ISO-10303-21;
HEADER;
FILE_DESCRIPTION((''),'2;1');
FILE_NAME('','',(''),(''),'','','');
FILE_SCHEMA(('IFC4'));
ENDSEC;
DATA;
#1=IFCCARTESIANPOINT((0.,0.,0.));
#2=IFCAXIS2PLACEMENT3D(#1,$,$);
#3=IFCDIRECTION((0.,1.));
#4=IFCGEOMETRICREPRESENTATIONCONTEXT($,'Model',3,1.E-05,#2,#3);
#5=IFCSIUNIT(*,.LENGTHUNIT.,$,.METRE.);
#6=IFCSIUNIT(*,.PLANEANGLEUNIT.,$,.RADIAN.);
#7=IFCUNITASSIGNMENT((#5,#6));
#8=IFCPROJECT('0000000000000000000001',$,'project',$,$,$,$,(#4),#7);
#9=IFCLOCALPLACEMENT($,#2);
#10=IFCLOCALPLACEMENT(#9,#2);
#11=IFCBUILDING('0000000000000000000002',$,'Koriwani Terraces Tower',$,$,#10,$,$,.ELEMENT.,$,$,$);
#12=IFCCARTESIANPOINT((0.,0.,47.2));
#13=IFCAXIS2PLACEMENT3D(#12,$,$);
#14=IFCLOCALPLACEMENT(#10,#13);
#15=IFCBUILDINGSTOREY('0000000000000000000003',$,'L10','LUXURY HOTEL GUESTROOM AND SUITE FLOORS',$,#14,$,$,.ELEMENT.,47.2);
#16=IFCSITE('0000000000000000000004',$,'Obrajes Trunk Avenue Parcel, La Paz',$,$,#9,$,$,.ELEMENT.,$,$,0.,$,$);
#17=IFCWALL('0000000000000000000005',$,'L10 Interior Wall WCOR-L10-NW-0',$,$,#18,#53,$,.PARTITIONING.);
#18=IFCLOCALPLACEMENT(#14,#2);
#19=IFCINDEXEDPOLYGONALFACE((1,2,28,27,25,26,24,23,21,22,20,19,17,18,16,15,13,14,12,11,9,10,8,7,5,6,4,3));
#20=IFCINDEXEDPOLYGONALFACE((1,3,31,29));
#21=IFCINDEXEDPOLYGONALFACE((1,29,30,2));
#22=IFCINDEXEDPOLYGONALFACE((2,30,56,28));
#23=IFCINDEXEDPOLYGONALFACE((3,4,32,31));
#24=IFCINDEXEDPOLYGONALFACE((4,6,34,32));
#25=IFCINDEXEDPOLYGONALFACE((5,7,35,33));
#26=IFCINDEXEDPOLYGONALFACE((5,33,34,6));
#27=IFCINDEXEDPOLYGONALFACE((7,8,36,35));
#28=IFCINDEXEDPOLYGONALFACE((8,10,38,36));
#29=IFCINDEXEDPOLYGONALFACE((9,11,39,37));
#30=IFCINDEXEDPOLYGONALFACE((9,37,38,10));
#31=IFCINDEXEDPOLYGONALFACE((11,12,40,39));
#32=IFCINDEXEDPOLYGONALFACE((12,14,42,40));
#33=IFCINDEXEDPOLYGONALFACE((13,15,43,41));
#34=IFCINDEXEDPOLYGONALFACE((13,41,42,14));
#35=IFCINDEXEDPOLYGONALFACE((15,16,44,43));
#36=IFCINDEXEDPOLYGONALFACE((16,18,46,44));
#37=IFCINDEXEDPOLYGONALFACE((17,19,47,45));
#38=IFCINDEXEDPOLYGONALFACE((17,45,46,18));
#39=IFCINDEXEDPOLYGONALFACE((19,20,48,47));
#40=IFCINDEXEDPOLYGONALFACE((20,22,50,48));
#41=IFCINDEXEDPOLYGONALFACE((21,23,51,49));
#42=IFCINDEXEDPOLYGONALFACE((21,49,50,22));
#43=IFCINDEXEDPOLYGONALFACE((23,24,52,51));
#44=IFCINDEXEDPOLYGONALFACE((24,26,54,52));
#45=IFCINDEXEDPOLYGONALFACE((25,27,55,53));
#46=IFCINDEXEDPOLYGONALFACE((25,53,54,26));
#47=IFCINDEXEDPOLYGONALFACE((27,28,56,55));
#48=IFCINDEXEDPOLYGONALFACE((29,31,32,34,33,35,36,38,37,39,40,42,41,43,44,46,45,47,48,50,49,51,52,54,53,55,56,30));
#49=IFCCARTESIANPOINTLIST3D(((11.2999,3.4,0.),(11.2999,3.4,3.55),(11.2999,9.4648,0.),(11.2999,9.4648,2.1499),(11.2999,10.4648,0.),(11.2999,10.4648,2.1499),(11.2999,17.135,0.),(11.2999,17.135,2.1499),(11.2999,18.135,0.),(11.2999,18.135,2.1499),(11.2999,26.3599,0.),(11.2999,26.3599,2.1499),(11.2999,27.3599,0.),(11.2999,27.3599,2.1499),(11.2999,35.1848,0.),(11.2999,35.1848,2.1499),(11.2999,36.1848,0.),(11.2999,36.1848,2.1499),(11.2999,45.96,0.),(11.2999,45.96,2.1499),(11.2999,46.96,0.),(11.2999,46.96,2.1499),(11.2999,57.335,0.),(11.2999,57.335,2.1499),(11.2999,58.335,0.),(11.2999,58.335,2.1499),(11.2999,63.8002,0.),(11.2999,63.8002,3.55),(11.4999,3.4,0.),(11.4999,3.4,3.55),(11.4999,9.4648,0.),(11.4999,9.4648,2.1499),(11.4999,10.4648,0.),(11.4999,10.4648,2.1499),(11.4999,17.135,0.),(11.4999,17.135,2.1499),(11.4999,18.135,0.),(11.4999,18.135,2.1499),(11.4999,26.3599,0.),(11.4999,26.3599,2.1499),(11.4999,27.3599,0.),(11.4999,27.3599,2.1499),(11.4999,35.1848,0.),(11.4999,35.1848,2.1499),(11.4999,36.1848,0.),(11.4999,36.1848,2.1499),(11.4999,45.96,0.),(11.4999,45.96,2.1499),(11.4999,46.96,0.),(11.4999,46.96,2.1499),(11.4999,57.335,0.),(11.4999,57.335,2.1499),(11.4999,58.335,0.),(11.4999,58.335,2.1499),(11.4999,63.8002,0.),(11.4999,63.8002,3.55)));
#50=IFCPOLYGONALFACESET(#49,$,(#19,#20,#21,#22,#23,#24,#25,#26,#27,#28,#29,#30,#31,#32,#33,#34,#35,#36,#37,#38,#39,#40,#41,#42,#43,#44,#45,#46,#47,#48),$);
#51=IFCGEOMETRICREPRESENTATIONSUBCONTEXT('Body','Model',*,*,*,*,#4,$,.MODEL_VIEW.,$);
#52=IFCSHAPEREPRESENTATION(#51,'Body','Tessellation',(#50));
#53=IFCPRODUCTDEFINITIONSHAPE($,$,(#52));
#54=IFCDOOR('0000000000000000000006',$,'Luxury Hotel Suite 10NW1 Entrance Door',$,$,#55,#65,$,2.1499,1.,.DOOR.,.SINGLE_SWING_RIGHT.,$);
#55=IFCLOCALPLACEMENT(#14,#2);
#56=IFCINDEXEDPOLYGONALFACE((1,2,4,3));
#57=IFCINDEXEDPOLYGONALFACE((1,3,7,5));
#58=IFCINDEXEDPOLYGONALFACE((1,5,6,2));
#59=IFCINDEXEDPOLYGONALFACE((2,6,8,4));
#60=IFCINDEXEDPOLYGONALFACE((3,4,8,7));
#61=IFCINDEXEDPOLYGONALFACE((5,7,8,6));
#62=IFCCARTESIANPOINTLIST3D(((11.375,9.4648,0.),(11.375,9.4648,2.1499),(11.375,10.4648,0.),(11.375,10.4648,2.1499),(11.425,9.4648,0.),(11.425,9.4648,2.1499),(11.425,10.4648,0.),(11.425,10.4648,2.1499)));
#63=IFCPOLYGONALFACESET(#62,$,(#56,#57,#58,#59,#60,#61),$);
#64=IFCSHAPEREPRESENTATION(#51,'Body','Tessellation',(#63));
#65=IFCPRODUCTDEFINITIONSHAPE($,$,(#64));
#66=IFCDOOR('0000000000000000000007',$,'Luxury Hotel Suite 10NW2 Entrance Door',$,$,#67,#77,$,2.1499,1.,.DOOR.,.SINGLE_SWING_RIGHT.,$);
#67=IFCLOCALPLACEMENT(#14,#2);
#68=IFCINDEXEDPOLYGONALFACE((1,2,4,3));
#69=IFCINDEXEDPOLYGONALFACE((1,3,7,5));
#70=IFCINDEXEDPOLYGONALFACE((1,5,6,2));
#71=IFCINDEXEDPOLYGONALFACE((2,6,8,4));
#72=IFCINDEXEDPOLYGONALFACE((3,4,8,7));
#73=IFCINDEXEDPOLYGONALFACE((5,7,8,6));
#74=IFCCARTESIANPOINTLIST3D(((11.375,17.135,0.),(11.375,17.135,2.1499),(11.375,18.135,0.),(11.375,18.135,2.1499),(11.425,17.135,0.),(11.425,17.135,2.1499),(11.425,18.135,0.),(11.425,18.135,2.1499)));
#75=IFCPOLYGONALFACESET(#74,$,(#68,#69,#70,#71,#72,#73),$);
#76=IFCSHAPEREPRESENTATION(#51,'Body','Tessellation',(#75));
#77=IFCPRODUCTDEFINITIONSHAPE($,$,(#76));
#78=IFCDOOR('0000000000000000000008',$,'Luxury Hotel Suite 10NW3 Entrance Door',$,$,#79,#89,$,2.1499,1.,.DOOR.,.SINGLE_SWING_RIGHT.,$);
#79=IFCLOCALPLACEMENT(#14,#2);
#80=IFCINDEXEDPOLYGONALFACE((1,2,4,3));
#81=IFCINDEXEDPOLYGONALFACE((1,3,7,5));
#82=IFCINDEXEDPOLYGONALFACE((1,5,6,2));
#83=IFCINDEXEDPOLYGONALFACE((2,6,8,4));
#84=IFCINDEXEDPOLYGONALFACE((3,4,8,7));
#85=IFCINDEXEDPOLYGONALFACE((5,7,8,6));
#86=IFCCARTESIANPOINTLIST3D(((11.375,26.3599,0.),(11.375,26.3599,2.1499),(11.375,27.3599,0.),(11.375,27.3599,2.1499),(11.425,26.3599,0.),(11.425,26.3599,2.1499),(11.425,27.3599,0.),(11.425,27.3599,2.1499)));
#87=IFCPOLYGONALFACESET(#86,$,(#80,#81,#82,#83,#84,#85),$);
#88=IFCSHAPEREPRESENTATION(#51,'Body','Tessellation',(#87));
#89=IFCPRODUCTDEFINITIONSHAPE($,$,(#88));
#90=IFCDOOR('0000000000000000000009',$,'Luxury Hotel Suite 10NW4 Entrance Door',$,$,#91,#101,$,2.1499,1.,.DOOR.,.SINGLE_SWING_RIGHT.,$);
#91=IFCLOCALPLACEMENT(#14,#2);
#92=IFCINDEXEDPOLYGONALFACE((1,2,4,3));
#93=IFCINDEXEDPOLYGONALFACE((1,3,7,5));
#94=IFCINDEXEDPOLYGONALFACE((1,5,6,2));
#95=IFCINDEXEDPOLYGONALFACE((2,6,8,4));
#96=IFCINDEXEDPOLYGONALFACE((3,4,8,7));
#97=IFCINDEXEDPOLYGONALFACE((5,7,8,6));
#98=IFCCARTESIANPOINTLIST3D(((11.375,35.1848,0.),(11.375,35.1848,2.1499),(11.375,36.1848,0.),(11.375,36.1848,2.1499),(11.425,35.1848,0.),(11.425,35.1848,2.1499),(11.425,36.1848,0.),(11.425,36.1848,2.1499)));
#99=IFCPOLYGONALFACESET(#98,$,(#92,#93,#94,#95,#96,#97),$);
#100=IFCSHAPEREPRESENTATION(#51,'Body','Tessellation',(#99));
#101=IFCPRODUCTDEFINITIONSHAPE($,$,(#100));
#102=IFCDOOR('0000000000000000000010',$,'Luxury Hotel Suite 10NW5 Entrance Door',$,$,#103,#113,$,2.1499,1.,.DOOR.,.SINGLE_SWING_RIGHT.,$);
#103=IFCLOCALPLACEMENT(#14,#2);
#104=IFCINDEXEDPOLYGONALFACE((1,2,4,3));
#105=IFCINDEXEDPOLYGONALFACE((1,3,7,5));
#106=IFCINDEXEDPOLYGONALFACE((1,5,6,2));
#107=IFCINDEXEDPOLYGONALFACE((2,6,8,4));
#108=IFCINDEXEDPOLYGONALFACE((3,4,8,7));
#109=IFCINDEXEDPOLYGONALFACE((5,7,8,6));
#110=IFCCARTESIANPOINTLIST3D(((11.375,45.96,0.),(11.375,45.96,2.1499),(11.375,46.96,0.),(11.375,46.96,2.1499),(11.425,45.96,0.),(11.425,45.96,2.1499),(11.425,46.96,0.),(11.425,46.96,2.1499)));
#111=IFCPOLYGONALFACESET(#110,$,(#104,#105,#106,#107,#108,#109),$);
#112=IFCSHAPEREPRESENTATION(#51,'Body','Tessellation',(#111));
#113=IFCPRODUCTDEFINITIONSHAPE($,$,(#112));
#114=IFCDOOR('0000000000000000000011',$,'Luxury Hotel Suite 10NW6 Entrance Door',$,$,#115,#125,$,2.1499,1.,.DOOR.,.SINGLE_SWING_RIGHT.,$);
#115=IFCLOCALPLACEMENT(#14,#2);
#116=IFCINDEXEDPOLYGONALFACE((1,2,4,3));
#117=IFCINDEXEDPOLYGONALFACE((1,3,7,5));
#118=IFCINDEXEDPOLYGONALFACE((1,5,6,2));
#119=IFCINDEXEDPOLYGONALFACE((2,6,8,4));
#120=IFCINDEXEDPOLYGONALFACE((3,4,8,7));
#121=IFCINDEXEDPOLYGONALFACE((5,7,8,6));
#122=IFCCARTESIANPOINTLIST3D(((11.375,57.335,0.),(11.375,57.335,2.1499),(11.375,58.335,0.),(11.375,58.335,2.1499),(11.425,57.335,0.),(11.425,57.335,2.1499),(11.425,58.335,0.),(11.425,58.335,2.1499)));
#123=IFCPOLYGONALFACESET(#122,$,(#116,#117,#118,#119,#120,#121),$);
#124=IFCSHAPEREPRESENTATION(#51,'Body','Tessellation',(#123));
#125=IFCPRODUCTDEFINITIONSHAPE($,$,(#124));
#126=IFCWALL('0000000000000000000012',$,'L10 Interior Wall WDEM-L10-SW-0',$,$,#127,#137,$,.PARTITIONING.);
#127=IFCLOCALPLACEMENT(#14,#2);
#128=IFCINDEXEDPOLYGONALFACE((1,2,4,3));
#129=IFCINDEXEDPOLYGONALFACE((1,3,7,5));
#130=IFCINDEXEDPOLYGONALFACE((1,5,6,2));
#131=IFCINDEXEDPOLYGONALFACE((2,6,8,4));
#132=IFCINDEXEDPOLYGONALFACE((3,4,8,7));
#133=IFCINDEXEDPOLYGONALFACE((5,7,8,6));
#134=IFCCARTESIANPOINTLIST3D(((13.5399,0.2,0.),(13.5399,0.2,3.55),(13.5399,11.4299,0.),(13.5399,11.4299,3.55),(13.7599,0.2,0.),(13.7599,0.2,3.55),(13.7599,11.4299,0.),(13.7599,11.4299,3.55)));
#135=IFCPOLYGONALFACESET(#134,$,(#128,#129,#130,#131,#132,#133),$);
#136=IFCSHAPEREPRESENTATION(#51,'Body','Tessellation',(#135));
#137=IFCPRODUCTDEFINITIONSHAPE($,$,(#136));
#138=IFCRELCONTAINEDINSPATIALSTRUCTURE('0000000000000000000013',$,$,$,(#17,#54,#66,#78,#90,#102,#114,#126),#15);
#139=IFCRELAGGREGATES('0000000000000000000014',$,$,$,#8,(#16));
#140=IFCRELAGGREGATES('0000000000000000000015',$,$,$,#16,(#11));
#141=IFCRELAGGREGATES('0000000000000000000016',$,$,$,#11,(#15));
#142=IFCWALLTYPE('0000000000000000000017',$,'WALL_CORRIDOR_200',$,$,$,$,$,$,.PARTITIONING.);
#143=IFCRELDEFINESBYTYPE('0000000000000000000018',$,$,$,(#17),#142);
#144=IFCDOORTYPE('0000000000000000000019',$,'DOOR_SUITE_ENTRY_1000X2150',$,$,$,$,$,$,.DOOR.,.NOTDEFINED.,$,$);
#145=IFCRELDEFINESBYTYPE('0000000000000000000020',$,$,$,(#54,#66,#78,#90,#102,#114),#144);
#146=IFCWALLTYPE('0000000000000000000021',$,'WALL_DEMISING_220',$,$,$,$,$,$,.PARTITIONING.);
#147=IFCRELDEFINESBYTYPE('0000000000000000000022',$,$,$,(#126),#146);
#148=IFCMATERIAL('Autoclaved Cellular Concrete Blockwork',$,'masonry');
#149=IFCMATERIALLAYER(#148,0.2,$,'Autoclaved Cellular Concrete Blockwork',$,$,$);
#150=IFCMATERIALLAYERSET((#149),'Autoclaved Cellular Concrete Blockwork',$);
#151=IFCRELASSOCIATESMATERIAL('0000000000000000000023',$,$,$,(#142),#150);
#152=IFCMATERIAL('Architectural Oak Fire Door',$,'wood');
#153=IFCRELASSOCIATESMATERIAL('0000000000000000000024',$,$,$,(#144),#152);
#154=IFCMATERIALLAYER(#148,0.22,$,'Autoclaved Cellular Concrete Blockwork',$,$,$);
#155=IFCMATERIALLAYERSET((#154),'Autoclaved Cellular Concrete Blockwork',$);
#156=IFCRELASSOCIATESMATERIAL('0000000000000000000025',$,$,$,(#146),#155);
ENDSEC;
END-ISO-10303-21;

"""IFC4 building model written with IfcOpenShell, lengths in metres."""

from ifc_helpers import new_model, si_unit, direction, frame, frame_2d, origin, place, context, subcontext, project, spatial, rectangle, extrude, material, layer, layer_set, type_object, element, fill, save


model = new_model("IFC4")

# Units and contexts
model_context = context("Model", 3, precision=1e-05, world=origin(), true_north=direction((0.0, 1.0)))
body_context = subcontext(model_context, "Body", "Model", "MODEL_VIEW")
ifc_project = project(units=[si_unit("LENGTHUNIT", "METRE"), si_unit("PLANEANGLEUNIT", "RADIAN")], contexts=[model_context])

# Site, building, storey
site_placement = place(None, origin())
site = spatial("IfcSite", under=ifc_project, at=site_placement, Name="Obrajes Trunk Avenue Parcel, La Paz", CompositionType="ELEMENT", RefElevation=0.0)
building_placement = place(site_placement, origin())
building = spatial("IfcBuilding", under=site, at=building_placement, Name="Koriwani Terraces Tower", CompositionType="ELEMENT")
storey_placement = place(building_placement, frame((0.0, 0.0, 47.2)))
storey = spatial("IfcBuildingStorey", under=building, at=storey_placement, Name="L10", Description="LUXURY HOTEL GUESTROOM AND SUITE FLOORS", CompositionType="ELEMENT", Elevation=47.2)

# Wall, openings, doors
ifc_material_1 = material(Name="Autoclaved Cellular Concrete Blockwork", Category="masonry")
ifc_layer_1 = layer(ifc_material_1, 0.2, Name="Autoclaved Cellular Concrete Blockwork")
ifc_layer_set_1 = layer_set([ifc_layer_1], Name="Autoclaved Cellular Concrete Blockwork")
wall_type_1 = type_object("IfcWallType", Name="WALL_CORRIDOR_200", PredefinedType="PARTITIONING", material=ifc_layer_set_1)
wall_1_placement = place(storey_placement, frame((11.3999, 3.3999, 0.0), z_axis=(0.0, 0.0, 1.0), x_axis=(0.0, 1.0, 0.0)))
wall_1 = element("IfcWall", 1, at=wall_1_placement, inside=storey, type_object=wall_type_1, Name="L10 Interior Wall WCOR-L10-NW-0", PredefinedType="PARTITIONING", context=body_context, shape_type="SweptSolid", body=[
    extrude(rectangle(XDim=60.4001, YDim=0.2, at=frame_2d((30.2002, 0.0))), origin(), (0.0, 0.0, 1.0), 3.55),
])
opening_1_placement = place(wall_1_placement, frame((6.0649, 0.0, 0.0)))
opening_1 = element("IfcOpeningElement", 2, at=opening_1_placement, cuts=wall_1, PredefinedType="OPENING", context=body_context, shape_type="SweptSolid", body=[
    extrude(rectangle(XDim=1.0, YDim=2.1499, at=frame_2d((0.5, 1.075))), frame((0.0, 0.1099, 0.0), z_axis=(0.0, -1.0, 0.0), x_axis=(1.0, 0.0, 0.0)), (0.0, 0.0, 1.0), 0.22),
])
opening_2_placement = place(wall_1_placement, frame((13.7351, 0.0, 0.0)))
opening_2 = element("IfcOpeningElement", 3, at=opening_2_placement, cuts=wall_1, PredefinedType="OPENING", context=body_context, shape_type="SweptSolid", body=[
    extrude(rectangle(XDim=1.0, YDim=2.1499, at=frame_2d((0.5, 1.075))), frame((0.0, 0.1099, 0.0), z_axis=(0.0, -1.0, 0.0), x_axis=(1.0, 0.0, 0.0)), (0.0, 0.0, 1.0), 0.22),
])
opening_3_placement = place(wall_1_placement, frame((22.96, 0.0, 0.0)))
opening_3 = element("IfcOpeningElement", 4, at=opening_3_placement, cuts=wall_1, PredefinedType="OPENING", context=body_context, shape_type="SweptSolid", body=[
    extrude(rectangle(XDim=1.0, YDim=2.1499, at=frame_2d((0.5, 1.075))), frame((0.0, 0.1099, 0.0), z_axis=(0.0, -1.0, 0.0), x_axis=(1.0, 0.0, 0.0)), (0.0, 0.0, 1.0), 0.22),
])
opening_4_placement = place(wall_1_placement, frame((31.7849, 0.0, 0.0)))
opening_4 = element("IfcOpeningElement", 5, at=opening_4_placement, cuts=wall_1, PredefinedType="OPENING", context=body_context, shape_type="SweptSolid", body=[
    extrude(rectangle(XDim=1.0, YDim=2.1499, at=frame_2d((0.5, 1.075))), frame((0.0, 0.1099, 0.0), z_axis=(0.0, -1.0, 0.0), x_axis=(1.0, 0.0, 0.0)), (0.0, 0.0, 1.0), 0.22),
])
opening_5_placement = place(wall_1_placement, frame((42.5601, 0.0, 0.0)))
opening_5 = element("IfcOpeningElement", 6, at=opening_5_placement, cuts=wall_1, PredefinedType="OPENING", context=body_context, shape_type="SweptSolid", body=[
    extrude(rectangle(XDim=1.0, YDim=2.1499, at=frame_2d((0.5, 1.075))), frame((0.0, 0.1099, 0.0), z_axis=(0.0, -1.0, 0.0), x_axis=(1.0, 0.0, 0.0)), (0.0, 0.0, 1.0), 0.22),
])
opening_6_placement = place(wall_1_placement, frame((53.9351, 0.0, 0.0)))
opening_6 = element("IfcOpeningElement", 7, at=opening_6_placement, cuts=wall_1, PredefinedType="OPENING", context=body_context, shape_type="SweptSolid", body=[
    extrude(rectangle(XDim=1.0, YDim=2.1499, at=frame_2d((0.5, 1.075))), frame((0.0, 0.1099, 0.0), z_axis=(0.0, -1.0, 0.0), x_axis=(1.0, 0.0, 0.0)), (0.0, 0.0, 1.0), 0.22),
])
ifc_material_2 = material(Name="Architectural Oak Fire Door", Category="wood")
door_type_1 = type_object("IfcDoorType", Name="DOOR_SUITE_ENTRY_1000X2150", OperationType="NOTDEFINED", PredefinedType="DOOR", material=ifc_material_2)
door_1_placement = place(opening_1_placement, origin())
door_1 = element("IfcDoor", 8, at=door_1_placement, inside=storey, type_object=door_type_1, Name="Luxury Hotel Suite 10NW1 Entrance Door", OperationType="SINGLE_SWING_RIGHT", OverallHeight=2.1499, OverallWidth=1.0, PredefinedType="DOOR", context=body_context, shape_type="SweptSolid", body=[
    extrude(rectangle(XDim=1.0, YDim=2.1499, at=frame_2d((0.5, 1.075))), frame((0.0, 0.0249, 0.0), z_axis=(0.0, -1.0, 0.0), x_axis=(1.0, 0.0, 0.0)), (0.0, 0.0, 1.0), 0.05),
])
fill(opening_1, door_1)
door_2_placement = place(opening_2_placement, origin())
door_2 = element("IfcDoor", 9, at=door_2_placement, inside=storey, type_object=door_type_1, Name="Luxury Hotel Suite 10NW2 Entrance Door", OperationType="SINGLE_SWING_RIGHT", OverallHeight=2.1499, OverallWidth=1.0, PredefinedType="DOOR", context=body_context, shape_type="SweptSolid", body=[
    extrude(rectangle(XDim=1.0, YDim=2.1499, at=frame_2d((0.5, 1.075))), frame((0.0, 0.0249, 0.0), z_axis=(0.0, -1.0, 0.0), x_axis=(1.0, 0.0, 0.0)), (0.0, 0.0, 1.0), 0.05),
])
fill(opening_2, door_2)
door_3_placement = place(opening_3_placement, origin())
door_3 = element("IfcDoor", 10, at=door_3_placement, inside=storey, type_object=door_type_1, Name="Luxury Hotel Suite 10NW3 Entrance Door", OperationType="SINGLE_SWING_RIGHT", OverallHeight=2.1499, OverallWidth=1.0, PredefinedType="DOOR", context=body_context, shape_type="SweptSolid", body=[
    extrude(rectangle(XDim=1.0, YDim=2.1499, at=frame_2d((0.5, 1.075))), frame((0.0, 0.0249, 0.0), z_axis=(0.0, -1.0, 0.0), x_axis=(1.0, 0.0, 0.0)), (0.0, 0.0, 1.0), 0.05),
])
fill(opening_3, door_3)
door_4_placement = place(opening_4_placement, origin())
door_4 = element("IfcDoor", 11, at=door_4_placement, inside=storey, type_object=door_type_1, Name="Luxury Hotel Suite 10NW4 Entrance Door", OperationType="SINGLE_SWING_RIGHT", OverallHeight=2.1499, OverallWidth=1.0, PredefinedType="DOOR", context=body_context, shape_type="SweptSolid", body=[
    extrude(rectangle(XDim=1.0, YDim=2.1499, at=frame_2d((0.5, 1.075))), frame((0.0, 0.0249, 0.0), z_axis=(0.0, -1.0, 0.0), x_axis=(1.0, 0.0, 0.0)), (0.0, 0.0, 1.0), 0.05),
])
fill(opening_4, door_4)
door_5_placement = place(opening_5_placement, origin())
door_5 = element("IfcDoor", 12, at=door_5_placement, inside=storey, type_object=door_type_1, Name="Luxury Hotel Suite 10NW5 Entrance Door", OperationType="SINGLE_SWING_RIGHT", OverallHeight=2.1499, OverallWidth=1.0, PredefinedType="DOOR", context=body_context, shape_type="SweptSolid", body=[
    extrude(rectangle(XDim=1.0, YDim=2.1499, at=frame_2d((0.5, 1.075))), frame((0.0, 0.0249, 0.0), z_axis=(0.0, -1.0, 0.0), x_axis=(1.0, 0.0, 0.0)), (0.0, 0.0, 1.0), 0.05),
])
fill(opening_5, door_5)
door_6_placement = place(opening_6_placement, origin())
door_6 = element("IfcDoor", 13, at=door_6_placement, inside=storey, type_object=door_type_1, Name="Luxury Hotel Suite 10NW6 Entrance Door", OperationType="SINGLE_SWING_RIGHT", OverallHeight=2.1499, OverallWidth=1.0, PredefinedType="DOOR", context=body_context, shape_type="SweptSolid", body=[
    extrude(rectangle(XDim=1.0, YDim=2.1499, at=frame_2d((0.5, 1.075))), frame((0.0, 0.0249, 0.0), z_axis=(0.0, -1.0, 0.0), x_axis=(1.0, 0.0, 0.0)), (0.0, 0.0, 1.0), 0.05),
])
fill(opening_6, door_6)

# Wall
ifc_layer_2 = layer(ifc_material_1, 0.22, Name="Autoclaved Cellular Concrete Blockwork")
ifc_layer_set_2 = layer_set([ifc_layer_2], Name="Autoclaved Cellular Concrete Blockwork")
wall_type_2 = type_object("IfcWallType", Name="WALL_DEMISING_220", PredefinedType="PARTITIONING", material=ifc_layer_set_2)
wall_2_placement = place(storey_placement, frame((13.6499, 0.2, 0.0), z_axis=(0.0, 0.0, 1.0), x_axis=(0.0, 1.0, 0.0)))
element("IfcWall", 14, at=wall_2_placement, inside=storey, type_object=wall_type_2, Name="L10 Interior Wall WDEM-L10-SW-0", PredefinedType="PARTITIONING", context=body_context, shape_type="SweptSolid", body=[
    extrude(rectangle(XDim=11.23, YDim=0.22, at=frame_2d((5.615, 0.0))), origin(), (0.0, 0.0, 1.0), 3.55),
])

save(model, "model.ifc")
